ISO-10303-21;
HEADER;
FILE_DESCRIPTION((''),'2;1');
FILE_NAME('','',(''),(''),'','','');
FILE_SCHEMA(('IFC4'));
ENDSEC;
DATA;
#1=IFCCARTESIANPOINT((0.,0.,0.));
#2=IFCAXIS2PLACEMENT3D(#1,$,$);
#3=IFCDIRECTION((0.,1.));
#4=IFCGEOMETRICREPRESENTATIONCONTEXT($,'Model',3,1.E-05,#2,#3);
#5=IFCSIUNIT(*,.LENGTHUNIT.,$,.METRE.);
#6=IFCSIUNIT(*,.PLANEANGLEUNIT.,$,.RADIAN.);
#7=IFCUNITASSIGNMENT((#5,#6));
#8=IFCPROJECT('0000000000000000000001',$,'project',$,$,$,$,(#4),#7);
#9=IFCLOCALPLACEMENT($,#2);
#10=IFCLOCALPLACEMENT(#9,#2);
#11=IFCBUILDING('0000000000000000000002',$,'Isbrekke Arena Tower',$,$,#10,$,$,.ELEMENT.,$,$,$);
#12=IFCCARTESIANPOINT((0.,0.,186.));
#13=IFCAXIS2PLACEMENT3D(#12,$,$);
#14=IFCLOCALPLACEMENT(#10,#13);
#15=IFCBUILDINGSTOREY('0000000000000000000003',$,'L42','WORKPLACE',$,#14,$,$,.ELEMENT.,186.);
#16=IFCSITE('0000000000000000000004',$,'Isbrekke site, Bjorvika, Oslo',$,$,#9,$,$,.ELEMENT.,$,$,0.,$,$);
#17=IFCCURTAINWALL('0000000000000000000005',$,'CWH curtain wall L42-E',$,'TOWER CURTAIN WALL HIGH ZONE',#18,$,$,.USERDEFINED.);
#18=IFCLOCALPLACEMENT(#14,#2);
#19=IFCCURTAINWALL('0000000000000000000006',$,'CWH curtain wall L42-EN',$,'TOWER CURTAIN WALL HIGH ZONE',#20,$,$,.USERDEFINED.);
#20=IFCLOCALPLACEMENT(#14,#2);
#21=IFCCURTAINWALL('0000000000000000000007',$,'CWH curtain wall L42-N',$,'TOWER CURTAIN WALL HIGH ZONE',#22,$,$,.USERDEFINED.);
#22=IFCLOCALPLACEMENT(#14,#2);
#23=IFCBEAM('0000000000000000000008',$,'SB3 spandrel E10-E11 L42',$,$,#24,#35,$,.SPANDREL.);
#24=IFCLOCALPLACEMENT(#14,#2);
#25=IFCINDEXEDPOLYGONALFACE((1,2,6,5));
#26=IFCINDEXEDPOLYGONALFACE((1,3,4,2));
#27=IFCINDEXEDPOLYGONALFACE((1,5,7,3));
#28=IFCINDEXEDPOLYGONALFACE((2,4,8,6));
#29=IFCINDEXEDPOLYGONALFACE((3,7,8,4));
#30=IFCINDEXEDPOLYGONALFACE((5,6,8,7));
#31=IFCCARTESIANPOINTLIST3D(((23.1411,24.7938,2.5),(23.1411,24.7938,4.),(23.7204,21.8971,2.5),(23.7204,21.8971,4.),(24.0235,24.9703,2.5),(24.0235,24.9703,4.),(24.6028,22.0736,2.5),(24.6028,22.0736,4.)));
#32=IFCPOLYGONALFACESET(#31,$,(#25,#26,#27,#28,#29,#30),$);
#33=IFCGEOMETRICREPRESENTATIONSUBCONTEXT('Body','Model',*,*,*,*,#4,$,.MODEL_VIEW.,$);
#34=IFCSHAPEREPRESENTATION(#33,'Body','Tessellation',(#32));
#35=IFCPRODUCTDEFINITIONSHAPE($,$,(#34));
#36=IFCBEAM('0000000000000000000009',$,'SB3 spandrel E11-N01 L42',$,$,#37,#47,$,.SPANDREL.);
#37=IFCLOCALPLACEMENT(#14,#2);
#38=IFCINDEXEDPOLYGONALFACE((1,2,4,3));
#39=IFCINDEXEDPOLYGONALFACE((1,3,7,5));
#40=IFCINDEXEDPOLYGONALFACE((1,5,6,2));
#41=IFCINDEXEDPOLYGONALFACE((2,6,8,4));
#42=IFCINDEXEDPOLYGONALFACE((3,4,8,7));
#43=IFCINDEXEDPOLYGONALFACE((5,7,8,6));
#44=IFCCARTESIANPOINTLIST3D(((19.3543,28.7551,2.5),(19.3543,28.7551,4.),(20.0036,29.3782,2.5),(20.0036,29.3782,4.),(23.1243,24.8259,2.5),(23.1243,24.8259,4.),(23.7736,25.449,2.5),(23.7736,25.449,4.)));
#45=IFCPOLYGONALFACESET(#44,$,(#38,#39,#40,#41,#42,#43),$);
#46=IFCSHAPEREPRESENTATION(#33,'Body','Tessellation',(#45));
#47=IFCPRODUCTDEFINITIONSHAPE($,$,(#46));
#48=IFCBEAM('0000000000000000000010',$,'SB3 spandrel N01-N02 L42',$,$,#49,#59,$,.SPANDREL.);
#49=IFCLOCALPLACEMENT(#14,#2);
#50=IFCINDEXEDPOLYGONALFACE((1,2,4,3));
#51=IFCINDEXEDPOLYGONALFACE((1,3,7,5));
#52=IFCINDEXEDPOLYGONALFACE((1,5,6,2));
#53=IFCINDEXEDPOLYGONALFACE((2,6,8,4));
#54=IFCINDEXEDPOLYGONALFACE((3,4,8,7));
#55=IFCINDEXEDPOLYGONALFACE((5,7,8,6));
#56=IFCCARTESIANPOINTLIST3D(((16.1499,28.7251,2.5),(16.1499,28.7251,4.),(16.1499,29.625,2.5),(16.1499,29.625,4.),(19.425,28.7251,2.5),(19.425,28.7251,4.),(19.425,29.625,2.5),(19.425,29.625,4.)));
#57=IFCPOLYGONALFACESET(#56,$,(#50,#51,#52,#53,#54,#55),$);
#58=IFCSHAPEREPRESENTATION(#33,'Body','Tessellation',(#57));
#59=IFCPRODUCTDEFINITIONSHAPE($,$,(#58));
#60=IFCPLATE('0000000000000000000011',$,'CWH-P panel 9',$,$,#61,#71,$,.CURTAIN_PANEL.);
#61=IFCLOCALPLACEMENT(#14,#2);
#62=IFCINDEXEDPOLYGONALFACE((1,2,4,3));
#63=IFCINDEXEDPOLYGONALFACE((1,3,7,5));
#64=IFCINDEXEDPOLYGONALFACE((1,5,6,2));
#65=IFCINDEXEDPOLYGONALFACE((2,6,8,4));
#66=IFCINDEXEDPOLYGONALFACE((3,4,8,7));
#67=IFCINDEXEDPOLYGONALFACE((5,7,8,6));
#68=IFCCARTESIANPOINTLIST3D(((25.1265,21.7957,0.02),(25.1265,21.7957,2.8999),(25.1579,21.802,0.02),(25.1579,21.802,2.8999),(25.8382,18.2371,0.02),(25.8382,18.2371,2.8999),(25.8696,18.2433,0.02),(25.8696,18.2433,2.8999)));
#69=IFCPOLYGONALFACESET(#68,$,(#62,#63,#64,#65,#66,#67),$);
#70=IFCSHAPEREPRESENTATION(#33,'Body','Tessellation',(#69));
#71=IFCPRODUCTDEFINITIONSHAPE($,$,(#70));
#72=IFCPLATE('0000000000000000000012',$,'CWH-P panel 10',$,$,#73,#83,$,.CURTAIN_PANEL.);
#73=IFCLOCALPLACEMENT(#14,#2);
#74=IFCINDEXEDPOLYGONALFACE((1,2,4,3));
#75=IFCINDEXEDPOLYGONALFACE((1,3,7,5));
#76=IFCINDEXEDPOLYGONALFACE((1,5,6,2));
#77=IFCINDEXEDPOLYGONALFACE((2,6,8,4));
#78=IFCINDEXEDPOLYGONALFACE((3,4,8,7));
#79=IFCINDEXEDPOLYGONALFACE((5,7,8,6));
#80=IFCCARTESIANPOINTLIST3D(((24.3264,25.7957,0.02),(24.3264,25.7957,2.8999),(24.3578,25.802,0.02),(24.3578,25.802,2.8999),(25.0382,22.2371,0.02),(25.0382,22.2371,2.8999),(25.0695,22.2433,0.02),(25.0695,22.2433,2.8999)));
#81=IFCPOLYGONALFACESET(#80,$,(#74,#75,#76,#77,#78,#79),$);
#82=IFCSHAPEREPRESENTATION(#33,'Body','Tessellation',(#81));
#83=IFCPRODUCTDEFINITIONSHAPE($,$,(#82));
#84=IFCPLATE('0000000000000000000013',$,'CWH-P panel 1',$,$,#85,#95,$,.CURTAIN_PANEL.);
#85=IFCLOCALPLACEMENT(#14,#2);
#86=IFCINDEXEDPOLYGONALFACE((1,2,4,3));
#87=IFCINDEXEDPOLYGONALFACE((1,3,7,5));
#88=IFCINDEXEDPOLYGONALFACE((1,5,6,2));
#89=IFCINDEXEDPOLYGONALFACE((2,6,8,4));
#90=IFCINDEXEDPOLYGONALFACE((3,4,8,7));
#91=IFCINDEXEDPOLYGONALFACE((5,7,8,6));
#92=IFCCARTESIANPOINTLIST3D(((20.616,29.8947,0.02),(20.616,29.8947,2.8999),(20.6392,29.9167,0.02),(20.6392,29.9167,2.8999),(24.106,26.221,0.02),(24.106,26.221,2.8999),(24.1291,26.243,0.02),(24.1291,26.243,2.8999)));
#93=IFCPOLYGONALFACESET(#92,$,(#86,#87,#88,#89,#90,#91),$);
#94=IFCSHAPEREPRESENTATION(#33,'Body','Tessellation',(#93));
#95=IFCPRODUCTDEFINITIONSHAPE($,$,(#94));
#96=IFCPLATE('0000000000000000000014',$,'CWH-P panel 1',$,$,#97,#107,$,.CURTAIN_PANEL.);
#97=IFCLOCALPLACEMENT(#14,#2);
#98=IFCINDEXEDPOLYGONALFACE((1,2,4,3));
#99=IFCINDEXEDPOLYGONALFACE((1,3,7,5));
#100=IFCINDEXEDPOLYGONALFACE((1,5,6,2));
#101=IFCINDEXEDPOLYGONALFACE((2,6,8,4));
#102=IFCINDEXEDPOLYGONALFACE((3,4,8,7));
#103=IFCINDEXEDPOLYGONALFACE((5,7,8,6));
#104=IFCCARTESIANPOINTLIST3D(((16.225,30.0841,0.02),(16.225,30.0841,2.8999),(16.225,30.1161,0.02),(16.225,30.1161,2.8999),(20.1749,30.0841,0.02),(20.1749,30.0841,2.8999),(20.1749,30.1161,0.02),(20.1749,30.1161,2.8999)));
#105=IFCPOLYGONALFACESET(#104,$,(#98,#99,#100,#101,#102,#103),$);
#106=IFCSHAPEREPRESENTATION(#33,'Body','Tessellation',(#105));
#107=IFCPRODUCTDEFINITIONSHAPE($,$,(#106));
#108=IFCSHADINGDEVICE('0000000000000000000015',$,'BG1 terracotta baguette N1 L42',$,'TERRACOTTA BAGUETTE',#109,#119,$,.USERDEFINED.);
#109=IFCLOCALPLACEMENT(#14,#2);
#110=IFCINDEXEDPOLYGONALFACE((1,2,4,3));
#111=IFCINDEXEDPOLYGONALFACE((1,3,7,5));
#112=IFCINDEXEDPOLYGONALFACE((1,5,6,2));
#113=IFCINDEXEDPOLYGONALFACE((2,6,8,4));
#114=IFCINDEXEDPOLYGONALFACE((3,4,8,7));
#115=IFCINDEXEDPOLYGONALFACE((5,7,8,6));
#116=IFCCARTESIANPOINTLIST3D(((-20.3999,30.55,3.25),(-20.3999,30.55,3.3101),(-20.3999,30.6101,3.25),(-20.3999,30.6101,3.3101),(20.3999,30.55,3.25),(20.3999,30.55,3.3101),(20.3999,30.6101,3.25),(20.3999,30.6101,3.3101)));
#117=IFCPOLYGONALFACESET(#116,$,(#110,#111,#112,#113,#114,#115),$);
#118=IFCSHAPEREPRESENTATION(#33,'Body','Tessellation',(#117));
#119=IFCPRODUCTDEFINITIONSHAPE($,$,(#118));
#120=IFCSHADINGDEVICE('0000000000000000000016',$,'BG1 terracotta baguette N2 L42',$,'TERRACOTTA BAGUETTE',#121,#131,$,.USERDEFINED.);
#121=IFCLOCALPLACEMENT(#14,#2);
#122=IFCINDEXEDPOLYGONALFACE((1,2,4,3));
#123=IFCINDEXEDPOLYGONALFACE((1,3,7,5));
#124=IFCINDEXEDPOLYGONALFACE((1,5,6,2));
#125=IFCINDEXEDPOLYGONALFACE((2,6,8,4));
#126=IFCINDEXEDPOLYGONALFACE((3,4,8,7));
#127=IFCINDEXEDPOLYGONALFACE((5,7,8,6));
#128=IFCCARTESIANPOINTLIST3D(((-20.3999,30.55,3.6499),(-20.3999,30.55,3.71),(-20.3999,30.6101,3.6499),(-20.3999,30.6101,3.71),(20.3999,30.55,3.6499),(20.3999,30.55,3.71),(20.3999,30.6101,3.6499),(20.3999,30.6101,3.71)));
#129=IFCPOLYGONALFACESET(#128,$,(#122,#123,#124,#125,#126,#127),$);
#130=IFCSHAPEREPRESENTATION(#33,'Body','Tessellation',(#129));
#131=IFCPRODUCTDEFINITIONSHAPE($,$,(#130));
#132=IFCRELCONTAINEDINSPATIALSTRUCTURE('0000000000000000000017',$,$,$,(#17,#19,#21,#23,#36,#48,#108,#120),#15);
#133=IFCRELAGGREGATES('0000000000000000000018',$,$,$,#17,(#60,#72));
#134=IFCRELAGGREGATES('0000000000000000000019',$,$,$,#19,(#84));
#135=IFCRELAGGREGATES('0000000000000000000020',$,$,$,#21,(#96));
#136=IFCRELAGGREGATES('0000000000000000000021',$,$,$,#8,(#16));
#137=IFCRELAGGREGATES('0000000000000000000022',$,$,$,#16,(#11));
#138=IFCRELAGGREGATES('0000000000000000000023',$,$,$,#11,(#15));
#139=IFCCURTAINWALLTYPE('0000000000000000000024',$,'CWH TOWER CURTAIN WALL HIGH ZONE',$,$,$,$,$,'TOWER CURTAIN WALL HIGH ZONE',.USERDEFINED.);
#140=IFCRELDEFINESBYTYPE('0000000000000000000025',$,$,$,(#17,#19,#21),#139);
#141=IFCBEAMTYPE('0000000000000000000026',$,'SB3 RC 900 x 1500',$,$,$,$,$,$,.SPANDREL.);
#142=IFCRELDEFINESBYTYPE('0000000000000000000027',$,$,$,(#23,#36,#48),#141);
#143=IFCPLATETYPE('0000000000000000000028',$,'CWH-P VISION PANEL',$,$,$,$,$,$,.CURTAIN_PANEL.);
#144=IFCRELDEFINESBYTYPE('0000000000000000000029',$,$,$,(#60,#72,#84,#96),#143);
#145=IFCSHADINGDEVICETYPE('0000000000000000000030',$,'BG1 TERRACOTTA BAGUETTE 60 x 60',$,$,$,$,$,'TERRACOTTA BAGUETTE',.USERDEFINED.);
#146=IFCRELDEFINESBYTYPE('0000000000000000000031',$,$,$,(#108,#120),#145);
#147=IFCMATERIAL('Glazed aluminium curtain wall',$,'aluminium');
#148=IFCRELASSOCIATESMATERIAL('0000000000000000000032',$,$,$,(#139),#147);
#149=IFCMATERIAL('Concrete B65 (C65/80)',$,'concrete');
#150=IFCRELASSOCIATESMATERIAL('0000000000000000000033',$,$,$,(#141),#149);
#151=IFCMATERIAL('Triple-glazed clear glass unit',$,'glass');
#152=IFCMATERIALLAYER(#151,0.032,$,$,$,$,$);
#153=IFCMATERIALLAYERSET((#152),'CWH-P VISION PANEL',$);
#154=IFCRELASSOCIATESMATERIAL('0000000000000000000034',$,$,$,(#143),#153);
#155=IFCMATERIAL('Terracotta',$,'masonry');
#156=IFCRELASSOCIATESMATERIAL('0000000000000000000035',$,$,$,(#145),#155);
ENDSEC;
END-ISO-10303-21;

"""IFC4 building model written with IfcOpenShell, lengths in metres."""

from ifc_helpers import new_model, si_unit, direction, frame, origin, origin_2d, place, context, subcontext, project, spatial, rectangle, extrude, material, layer, layer_set, material_profile, profile_set, type_object, element, aggregate, save


model = new_model("IFC4")

# Units and contexts
model_context = context("Model", 3, precision=1e-05, world=origin(), true_north=direction((0.0, 1.0)))
body_context = subcontext(model_context, "Body", "Model", "MODEL_VIEW")
ifc_project = project(units=[si_unit("LENGTHUNIT", "METRE"), si_unit("PLANEANGLEUNIT", "RADIAN")], contexts=[model_context])

# Site, building, storey
site_placement = place(None, origin())
site = spatial("IfcSite", under=ifc_project, at=site_placement, Name="Isbrekke site, Bjorvika, Oslo", CompositionType="ELEMENT", RefElevation=0.0)
building_placement = place(site_placement, origin())
building = spatial("IfcBuilding", under=site, at=building_placement, Name="Isbrekke Arena Tower", CompositionType="ELEMENT")
storey_placement = place(building_placement, frame((0.0, 0.0, 186.0)))
storey = spatial("IfcBuildingStorey", under=building, at=storey_placement, Name="L42", Description="WORKPLACE", CompositionType="ELEMENT", Elevation=186.0)

# Curtain wall
ifc_material_1 = material(Name="Glazed aluminium curtain wall", Category="aluminium")
curtain_wall_type = type_object("IfcCurtainWallType", Name="CWH TOWER CURTAIN WALL HIGH ZONE", ElementType="TOWER CURTAIN WALL HIGH ZONE", PredefinedType="USERDEFINED", material=ifc_material_1)
curtain_wall_1_placement = place(storey_placement, origin())
curtain_wall_1 = element("IfcCurtainWall", 1, at=curtain_wall_1_placement, inside=storey, type_object=curtain_wall_type, Name="CWH curtain wall L42-E", ObjectType="TOWER CURTAIN WALL HIGH ZONE", PredefinedType="USERDEFINED")

# Curtain walls
curtain_wall_2_placement = place(storey_placement, origin())
curtain_wall_2 = element("IfcCurtainWall", 2, at=curtain_wall_2_placement, inside=storey, type_object=curtain_wall_type, Name="CWH curtain wall L42-EN", ObjectType="TOWER CURTAIN WALL HIGH ZONE", PredefinedType="USERDEFINED")
curtain_wall_3_placement = place(storey_placement, origin())
curtain_wall_3 = element("IfcCurtainWall", 3, at=curtain_wall_3_placement, inside=storey, type_object=curtain_wall_type, Name="CWH curtain wall L42-N", ObjectType="TOWER CURTAIN WALL HIGH ZONE", PredefinedType="USERDEFINED")

# Beams
ifc_material_2 = material(Name="Concrete B65 (C65/80)", Category="concrete")
ifc_material_profile_1 = material_profile(ifc_material_2, rectangle(XDim=0.8999, YDim=1.5, at=origin_2d()), Name="RC 900x1500")
ifc_profile_set_1 = profile_set([ifc_material_profile_1], Name="Concrete B65 (C65/80)")
beam_type_1 = type_object("IfcBeamType", Name="SB3 RC 900 x 1500", PredefinedType="SPANDREL", material=ifc_profile_set_1)
beam_1_placement = place(storey_placement, frame((24.1616, 21.9854, 3.25), z_axis=(-0.196116, 0.980581, 0.0), x_axis=(-0.980581, -0.196116, 0.0)))
element("IfcBeam", 4, at=beam_1_placement, inside=storey, type_object=beam_type_1, Name="SB3 spandrel E10-E11 L42", PredefinedType="SPANDREL", context=body_context, shape_type="SweptSolid", body=[
    extrude(rectangle(XDim=0.8999, YDim=1.5, at=origin_2d()), origin(), (0.0, 0.0, 1.0), 2.9541),
])
beam_2_placement = place(storey_placement, frame((23.449, 25.1375, 3.25), z_axis=(-0.69234, 0.721572, 0.0), x_axis=(-0.721572, -0.69234, 0.0)))
element("IfcBeam", 5, at=beam_2_placement, inside=storey, type_object=beam_type_1, Name="SB3 spandrel E11-N01 L42", PredefinedType="SPANDREL", context=body_context, shape_type="SweptSolid", body=[
    extrude(rectangle(XDim=0.8999, YDim=1.5, at=origin_2d()), origin(), (0.0, 0.0, 1.0), 5.4453),
])
beam_3_placement = place(storey_placement, frame((19.425, 29.175, 3.25), z_axis=(-1.0, 0.0, 0.0), x_axis=(0.0, -1.0, 0.0)))
element("IfcBeam", 6, at=beam_3_placement, inside=storey, type_object=beam_type_1, Name="SB3 spandrel N01-N02 L42", PredefinedType="SPANDREL", context=body_context, shape_type="SweptSolid", body=[
    extrude(rectangle(XDim=0.8999, YDim=1.5, at=origin_2d()), origin(), (0.0, 0.0, 1.0), 3.2751),
])

# Plates
ifc_material_3 = material(Name="Triple-glazed clear glass unit", Category="glass")
ifc_layer = layer(ifc_material_3, 0.032)
ifc_layer_set = layer_set([ifc_layer], Name="CWH-P VISION PANEL")
plate_type = type_object("IfcPlateType", Name="CWH-P VISION PANEL", PredefinedType="CURTAIN_PANEL", material=ifc_layer_set)
plate_1_placement = place(storey_placement, frame((25.498, 20.0195, 0.02), z_axis=(0.0, 0.0, 1.0), x_axis=(-0.196116, 0.980581, 0.0)))
plate_1 = element("IfcPlate", 7, at=plate_1_placement, type_object=plate_type, Name="CWH-P panel 9", PredefinedType="CURTAIN_PANEL", context=body_context, shape_type="SweptSolid", body=[
    extrude(rectangle(XDim=3.6292, YDim=0.032, at=origin_2d()), origin(), (0.0, 0.0, 1.0), 2.8799),
])
plate_2_placement = place(storey_placement, frame((24.698, 24.0195, 0.02), z_axis=(0.0, 0.0, 1.0), x_axis=(-0.196116, 0.980581, 0.0)))
plate_2 = element("IfcPlate", 8, at=plate_2_placement, type_object=plate_type, Name="CWH-P panel 10", PredefinedType="CURTAIN_PANEL", context=body_context, shape_type="SweptSolid", body=[
    extrude(rectangle(XDim=3.6292, YDim=0.032, at=origin_2d()), origin(), (0.0, 0.0, 1.0), 2.8799),
])
aggregate(curtain_wall_1, [plate_1, plate_2])
plate_3_placement = place(storey_placement, frame((22.3726, 28.0688, 0.02), z_axis=(0.0, 0.0, 1.0), x_axis=(-0.688749, 0.724999, 0.0)))
plate_3 = element("IfcPlate", 9, at=plate_3_placement, type_object=plate_type, Name="CWH-P panel 1", PredefinedType="CURTAIN_PANEL", context=body_context, shape_type="SweptSolid", body=[
    extrude(rectangle(XDim=5.0671, YDim=0.032, at=origin_2d()), origin(), (0.0, 0.0, 1.0), 2.8799),
])
aggregate(curtain_wall_2, [plate_3])
plate_4_placement = place(storey_placement, frame((18.2, 30.1001, 0.02), z_axis=(0.0, 0.0, 1.0), x_axis=(-1.0, 0.0, 0.0)))
plate_4 = element("IfcPlate", 10, at=plate_4_placement, type_object=plate_type, Name="CWH-P panel 1", PredefinedType="CURTAIN_PANEL", context=body_context, shape_type="SweptSolid", body=[
    extrude(rectangle(XDim=3.95, YDim=0.032, at=origin_2d()), origin(), (0.0, 0.0, 1.0), 2.8799),
])
aggregate(curtain_wall_3, [plate_4])

# Shading devices
ifc_material_4 = material(Name="Terracotta", Category="masonry")
ifc_material_profile_2 = material_profile(ifc_material_4, rectangle(XDim=0.0601, YDim=0.0601, at=origin_2d()), Name="BAGUETTE 60X60")
ifc_profile_set_2 = profile_set([ifc_material_profile_2], Name="Terracotta")
shading_device_type = type_object("IfcShadingDeviceType", Name="BG1 TERRACOTTA BAGUETTE 60 x 60", ElementType="TERRACOTTA BAGUETTE", PredefinedType="USERDEFINED", material=ifc_profile_set_2)
for number, where, z_axis, x_axis, name in (
    (11, (20.3999, 30.5801, 3.28), (-1.0, 0.0, 0.0), (0.0, -1.0, 0.0), "BG1 terracotta baguette N1 L42"),
    (12, (20.3999, 30.5801, 3.6799), (-1.0, 0.0, 0.0), (0.0, -1.0, 0.0), "BG1 terracotta baguette N2 L42"),
):
    element("IfcShadingDevice", number, at=place(storey_placement, frame(where, z_axis=z_axis, x_axis=x_axis)), inside=storey, type_object=shading_device_type, Name=name, ObjectType="TERRACOTTA BAGUETTE", PredefinedType="USERDEFINED", context=body_context, shape_type="SweptSolid", body=[
        extrude(rectangle(XDim=0.0601, YDim=0.0601, at=origin_2d()), origin(), (0.0, 0.0, 1.0), 40.7998),
    ])

save(model, "model.ifc")
